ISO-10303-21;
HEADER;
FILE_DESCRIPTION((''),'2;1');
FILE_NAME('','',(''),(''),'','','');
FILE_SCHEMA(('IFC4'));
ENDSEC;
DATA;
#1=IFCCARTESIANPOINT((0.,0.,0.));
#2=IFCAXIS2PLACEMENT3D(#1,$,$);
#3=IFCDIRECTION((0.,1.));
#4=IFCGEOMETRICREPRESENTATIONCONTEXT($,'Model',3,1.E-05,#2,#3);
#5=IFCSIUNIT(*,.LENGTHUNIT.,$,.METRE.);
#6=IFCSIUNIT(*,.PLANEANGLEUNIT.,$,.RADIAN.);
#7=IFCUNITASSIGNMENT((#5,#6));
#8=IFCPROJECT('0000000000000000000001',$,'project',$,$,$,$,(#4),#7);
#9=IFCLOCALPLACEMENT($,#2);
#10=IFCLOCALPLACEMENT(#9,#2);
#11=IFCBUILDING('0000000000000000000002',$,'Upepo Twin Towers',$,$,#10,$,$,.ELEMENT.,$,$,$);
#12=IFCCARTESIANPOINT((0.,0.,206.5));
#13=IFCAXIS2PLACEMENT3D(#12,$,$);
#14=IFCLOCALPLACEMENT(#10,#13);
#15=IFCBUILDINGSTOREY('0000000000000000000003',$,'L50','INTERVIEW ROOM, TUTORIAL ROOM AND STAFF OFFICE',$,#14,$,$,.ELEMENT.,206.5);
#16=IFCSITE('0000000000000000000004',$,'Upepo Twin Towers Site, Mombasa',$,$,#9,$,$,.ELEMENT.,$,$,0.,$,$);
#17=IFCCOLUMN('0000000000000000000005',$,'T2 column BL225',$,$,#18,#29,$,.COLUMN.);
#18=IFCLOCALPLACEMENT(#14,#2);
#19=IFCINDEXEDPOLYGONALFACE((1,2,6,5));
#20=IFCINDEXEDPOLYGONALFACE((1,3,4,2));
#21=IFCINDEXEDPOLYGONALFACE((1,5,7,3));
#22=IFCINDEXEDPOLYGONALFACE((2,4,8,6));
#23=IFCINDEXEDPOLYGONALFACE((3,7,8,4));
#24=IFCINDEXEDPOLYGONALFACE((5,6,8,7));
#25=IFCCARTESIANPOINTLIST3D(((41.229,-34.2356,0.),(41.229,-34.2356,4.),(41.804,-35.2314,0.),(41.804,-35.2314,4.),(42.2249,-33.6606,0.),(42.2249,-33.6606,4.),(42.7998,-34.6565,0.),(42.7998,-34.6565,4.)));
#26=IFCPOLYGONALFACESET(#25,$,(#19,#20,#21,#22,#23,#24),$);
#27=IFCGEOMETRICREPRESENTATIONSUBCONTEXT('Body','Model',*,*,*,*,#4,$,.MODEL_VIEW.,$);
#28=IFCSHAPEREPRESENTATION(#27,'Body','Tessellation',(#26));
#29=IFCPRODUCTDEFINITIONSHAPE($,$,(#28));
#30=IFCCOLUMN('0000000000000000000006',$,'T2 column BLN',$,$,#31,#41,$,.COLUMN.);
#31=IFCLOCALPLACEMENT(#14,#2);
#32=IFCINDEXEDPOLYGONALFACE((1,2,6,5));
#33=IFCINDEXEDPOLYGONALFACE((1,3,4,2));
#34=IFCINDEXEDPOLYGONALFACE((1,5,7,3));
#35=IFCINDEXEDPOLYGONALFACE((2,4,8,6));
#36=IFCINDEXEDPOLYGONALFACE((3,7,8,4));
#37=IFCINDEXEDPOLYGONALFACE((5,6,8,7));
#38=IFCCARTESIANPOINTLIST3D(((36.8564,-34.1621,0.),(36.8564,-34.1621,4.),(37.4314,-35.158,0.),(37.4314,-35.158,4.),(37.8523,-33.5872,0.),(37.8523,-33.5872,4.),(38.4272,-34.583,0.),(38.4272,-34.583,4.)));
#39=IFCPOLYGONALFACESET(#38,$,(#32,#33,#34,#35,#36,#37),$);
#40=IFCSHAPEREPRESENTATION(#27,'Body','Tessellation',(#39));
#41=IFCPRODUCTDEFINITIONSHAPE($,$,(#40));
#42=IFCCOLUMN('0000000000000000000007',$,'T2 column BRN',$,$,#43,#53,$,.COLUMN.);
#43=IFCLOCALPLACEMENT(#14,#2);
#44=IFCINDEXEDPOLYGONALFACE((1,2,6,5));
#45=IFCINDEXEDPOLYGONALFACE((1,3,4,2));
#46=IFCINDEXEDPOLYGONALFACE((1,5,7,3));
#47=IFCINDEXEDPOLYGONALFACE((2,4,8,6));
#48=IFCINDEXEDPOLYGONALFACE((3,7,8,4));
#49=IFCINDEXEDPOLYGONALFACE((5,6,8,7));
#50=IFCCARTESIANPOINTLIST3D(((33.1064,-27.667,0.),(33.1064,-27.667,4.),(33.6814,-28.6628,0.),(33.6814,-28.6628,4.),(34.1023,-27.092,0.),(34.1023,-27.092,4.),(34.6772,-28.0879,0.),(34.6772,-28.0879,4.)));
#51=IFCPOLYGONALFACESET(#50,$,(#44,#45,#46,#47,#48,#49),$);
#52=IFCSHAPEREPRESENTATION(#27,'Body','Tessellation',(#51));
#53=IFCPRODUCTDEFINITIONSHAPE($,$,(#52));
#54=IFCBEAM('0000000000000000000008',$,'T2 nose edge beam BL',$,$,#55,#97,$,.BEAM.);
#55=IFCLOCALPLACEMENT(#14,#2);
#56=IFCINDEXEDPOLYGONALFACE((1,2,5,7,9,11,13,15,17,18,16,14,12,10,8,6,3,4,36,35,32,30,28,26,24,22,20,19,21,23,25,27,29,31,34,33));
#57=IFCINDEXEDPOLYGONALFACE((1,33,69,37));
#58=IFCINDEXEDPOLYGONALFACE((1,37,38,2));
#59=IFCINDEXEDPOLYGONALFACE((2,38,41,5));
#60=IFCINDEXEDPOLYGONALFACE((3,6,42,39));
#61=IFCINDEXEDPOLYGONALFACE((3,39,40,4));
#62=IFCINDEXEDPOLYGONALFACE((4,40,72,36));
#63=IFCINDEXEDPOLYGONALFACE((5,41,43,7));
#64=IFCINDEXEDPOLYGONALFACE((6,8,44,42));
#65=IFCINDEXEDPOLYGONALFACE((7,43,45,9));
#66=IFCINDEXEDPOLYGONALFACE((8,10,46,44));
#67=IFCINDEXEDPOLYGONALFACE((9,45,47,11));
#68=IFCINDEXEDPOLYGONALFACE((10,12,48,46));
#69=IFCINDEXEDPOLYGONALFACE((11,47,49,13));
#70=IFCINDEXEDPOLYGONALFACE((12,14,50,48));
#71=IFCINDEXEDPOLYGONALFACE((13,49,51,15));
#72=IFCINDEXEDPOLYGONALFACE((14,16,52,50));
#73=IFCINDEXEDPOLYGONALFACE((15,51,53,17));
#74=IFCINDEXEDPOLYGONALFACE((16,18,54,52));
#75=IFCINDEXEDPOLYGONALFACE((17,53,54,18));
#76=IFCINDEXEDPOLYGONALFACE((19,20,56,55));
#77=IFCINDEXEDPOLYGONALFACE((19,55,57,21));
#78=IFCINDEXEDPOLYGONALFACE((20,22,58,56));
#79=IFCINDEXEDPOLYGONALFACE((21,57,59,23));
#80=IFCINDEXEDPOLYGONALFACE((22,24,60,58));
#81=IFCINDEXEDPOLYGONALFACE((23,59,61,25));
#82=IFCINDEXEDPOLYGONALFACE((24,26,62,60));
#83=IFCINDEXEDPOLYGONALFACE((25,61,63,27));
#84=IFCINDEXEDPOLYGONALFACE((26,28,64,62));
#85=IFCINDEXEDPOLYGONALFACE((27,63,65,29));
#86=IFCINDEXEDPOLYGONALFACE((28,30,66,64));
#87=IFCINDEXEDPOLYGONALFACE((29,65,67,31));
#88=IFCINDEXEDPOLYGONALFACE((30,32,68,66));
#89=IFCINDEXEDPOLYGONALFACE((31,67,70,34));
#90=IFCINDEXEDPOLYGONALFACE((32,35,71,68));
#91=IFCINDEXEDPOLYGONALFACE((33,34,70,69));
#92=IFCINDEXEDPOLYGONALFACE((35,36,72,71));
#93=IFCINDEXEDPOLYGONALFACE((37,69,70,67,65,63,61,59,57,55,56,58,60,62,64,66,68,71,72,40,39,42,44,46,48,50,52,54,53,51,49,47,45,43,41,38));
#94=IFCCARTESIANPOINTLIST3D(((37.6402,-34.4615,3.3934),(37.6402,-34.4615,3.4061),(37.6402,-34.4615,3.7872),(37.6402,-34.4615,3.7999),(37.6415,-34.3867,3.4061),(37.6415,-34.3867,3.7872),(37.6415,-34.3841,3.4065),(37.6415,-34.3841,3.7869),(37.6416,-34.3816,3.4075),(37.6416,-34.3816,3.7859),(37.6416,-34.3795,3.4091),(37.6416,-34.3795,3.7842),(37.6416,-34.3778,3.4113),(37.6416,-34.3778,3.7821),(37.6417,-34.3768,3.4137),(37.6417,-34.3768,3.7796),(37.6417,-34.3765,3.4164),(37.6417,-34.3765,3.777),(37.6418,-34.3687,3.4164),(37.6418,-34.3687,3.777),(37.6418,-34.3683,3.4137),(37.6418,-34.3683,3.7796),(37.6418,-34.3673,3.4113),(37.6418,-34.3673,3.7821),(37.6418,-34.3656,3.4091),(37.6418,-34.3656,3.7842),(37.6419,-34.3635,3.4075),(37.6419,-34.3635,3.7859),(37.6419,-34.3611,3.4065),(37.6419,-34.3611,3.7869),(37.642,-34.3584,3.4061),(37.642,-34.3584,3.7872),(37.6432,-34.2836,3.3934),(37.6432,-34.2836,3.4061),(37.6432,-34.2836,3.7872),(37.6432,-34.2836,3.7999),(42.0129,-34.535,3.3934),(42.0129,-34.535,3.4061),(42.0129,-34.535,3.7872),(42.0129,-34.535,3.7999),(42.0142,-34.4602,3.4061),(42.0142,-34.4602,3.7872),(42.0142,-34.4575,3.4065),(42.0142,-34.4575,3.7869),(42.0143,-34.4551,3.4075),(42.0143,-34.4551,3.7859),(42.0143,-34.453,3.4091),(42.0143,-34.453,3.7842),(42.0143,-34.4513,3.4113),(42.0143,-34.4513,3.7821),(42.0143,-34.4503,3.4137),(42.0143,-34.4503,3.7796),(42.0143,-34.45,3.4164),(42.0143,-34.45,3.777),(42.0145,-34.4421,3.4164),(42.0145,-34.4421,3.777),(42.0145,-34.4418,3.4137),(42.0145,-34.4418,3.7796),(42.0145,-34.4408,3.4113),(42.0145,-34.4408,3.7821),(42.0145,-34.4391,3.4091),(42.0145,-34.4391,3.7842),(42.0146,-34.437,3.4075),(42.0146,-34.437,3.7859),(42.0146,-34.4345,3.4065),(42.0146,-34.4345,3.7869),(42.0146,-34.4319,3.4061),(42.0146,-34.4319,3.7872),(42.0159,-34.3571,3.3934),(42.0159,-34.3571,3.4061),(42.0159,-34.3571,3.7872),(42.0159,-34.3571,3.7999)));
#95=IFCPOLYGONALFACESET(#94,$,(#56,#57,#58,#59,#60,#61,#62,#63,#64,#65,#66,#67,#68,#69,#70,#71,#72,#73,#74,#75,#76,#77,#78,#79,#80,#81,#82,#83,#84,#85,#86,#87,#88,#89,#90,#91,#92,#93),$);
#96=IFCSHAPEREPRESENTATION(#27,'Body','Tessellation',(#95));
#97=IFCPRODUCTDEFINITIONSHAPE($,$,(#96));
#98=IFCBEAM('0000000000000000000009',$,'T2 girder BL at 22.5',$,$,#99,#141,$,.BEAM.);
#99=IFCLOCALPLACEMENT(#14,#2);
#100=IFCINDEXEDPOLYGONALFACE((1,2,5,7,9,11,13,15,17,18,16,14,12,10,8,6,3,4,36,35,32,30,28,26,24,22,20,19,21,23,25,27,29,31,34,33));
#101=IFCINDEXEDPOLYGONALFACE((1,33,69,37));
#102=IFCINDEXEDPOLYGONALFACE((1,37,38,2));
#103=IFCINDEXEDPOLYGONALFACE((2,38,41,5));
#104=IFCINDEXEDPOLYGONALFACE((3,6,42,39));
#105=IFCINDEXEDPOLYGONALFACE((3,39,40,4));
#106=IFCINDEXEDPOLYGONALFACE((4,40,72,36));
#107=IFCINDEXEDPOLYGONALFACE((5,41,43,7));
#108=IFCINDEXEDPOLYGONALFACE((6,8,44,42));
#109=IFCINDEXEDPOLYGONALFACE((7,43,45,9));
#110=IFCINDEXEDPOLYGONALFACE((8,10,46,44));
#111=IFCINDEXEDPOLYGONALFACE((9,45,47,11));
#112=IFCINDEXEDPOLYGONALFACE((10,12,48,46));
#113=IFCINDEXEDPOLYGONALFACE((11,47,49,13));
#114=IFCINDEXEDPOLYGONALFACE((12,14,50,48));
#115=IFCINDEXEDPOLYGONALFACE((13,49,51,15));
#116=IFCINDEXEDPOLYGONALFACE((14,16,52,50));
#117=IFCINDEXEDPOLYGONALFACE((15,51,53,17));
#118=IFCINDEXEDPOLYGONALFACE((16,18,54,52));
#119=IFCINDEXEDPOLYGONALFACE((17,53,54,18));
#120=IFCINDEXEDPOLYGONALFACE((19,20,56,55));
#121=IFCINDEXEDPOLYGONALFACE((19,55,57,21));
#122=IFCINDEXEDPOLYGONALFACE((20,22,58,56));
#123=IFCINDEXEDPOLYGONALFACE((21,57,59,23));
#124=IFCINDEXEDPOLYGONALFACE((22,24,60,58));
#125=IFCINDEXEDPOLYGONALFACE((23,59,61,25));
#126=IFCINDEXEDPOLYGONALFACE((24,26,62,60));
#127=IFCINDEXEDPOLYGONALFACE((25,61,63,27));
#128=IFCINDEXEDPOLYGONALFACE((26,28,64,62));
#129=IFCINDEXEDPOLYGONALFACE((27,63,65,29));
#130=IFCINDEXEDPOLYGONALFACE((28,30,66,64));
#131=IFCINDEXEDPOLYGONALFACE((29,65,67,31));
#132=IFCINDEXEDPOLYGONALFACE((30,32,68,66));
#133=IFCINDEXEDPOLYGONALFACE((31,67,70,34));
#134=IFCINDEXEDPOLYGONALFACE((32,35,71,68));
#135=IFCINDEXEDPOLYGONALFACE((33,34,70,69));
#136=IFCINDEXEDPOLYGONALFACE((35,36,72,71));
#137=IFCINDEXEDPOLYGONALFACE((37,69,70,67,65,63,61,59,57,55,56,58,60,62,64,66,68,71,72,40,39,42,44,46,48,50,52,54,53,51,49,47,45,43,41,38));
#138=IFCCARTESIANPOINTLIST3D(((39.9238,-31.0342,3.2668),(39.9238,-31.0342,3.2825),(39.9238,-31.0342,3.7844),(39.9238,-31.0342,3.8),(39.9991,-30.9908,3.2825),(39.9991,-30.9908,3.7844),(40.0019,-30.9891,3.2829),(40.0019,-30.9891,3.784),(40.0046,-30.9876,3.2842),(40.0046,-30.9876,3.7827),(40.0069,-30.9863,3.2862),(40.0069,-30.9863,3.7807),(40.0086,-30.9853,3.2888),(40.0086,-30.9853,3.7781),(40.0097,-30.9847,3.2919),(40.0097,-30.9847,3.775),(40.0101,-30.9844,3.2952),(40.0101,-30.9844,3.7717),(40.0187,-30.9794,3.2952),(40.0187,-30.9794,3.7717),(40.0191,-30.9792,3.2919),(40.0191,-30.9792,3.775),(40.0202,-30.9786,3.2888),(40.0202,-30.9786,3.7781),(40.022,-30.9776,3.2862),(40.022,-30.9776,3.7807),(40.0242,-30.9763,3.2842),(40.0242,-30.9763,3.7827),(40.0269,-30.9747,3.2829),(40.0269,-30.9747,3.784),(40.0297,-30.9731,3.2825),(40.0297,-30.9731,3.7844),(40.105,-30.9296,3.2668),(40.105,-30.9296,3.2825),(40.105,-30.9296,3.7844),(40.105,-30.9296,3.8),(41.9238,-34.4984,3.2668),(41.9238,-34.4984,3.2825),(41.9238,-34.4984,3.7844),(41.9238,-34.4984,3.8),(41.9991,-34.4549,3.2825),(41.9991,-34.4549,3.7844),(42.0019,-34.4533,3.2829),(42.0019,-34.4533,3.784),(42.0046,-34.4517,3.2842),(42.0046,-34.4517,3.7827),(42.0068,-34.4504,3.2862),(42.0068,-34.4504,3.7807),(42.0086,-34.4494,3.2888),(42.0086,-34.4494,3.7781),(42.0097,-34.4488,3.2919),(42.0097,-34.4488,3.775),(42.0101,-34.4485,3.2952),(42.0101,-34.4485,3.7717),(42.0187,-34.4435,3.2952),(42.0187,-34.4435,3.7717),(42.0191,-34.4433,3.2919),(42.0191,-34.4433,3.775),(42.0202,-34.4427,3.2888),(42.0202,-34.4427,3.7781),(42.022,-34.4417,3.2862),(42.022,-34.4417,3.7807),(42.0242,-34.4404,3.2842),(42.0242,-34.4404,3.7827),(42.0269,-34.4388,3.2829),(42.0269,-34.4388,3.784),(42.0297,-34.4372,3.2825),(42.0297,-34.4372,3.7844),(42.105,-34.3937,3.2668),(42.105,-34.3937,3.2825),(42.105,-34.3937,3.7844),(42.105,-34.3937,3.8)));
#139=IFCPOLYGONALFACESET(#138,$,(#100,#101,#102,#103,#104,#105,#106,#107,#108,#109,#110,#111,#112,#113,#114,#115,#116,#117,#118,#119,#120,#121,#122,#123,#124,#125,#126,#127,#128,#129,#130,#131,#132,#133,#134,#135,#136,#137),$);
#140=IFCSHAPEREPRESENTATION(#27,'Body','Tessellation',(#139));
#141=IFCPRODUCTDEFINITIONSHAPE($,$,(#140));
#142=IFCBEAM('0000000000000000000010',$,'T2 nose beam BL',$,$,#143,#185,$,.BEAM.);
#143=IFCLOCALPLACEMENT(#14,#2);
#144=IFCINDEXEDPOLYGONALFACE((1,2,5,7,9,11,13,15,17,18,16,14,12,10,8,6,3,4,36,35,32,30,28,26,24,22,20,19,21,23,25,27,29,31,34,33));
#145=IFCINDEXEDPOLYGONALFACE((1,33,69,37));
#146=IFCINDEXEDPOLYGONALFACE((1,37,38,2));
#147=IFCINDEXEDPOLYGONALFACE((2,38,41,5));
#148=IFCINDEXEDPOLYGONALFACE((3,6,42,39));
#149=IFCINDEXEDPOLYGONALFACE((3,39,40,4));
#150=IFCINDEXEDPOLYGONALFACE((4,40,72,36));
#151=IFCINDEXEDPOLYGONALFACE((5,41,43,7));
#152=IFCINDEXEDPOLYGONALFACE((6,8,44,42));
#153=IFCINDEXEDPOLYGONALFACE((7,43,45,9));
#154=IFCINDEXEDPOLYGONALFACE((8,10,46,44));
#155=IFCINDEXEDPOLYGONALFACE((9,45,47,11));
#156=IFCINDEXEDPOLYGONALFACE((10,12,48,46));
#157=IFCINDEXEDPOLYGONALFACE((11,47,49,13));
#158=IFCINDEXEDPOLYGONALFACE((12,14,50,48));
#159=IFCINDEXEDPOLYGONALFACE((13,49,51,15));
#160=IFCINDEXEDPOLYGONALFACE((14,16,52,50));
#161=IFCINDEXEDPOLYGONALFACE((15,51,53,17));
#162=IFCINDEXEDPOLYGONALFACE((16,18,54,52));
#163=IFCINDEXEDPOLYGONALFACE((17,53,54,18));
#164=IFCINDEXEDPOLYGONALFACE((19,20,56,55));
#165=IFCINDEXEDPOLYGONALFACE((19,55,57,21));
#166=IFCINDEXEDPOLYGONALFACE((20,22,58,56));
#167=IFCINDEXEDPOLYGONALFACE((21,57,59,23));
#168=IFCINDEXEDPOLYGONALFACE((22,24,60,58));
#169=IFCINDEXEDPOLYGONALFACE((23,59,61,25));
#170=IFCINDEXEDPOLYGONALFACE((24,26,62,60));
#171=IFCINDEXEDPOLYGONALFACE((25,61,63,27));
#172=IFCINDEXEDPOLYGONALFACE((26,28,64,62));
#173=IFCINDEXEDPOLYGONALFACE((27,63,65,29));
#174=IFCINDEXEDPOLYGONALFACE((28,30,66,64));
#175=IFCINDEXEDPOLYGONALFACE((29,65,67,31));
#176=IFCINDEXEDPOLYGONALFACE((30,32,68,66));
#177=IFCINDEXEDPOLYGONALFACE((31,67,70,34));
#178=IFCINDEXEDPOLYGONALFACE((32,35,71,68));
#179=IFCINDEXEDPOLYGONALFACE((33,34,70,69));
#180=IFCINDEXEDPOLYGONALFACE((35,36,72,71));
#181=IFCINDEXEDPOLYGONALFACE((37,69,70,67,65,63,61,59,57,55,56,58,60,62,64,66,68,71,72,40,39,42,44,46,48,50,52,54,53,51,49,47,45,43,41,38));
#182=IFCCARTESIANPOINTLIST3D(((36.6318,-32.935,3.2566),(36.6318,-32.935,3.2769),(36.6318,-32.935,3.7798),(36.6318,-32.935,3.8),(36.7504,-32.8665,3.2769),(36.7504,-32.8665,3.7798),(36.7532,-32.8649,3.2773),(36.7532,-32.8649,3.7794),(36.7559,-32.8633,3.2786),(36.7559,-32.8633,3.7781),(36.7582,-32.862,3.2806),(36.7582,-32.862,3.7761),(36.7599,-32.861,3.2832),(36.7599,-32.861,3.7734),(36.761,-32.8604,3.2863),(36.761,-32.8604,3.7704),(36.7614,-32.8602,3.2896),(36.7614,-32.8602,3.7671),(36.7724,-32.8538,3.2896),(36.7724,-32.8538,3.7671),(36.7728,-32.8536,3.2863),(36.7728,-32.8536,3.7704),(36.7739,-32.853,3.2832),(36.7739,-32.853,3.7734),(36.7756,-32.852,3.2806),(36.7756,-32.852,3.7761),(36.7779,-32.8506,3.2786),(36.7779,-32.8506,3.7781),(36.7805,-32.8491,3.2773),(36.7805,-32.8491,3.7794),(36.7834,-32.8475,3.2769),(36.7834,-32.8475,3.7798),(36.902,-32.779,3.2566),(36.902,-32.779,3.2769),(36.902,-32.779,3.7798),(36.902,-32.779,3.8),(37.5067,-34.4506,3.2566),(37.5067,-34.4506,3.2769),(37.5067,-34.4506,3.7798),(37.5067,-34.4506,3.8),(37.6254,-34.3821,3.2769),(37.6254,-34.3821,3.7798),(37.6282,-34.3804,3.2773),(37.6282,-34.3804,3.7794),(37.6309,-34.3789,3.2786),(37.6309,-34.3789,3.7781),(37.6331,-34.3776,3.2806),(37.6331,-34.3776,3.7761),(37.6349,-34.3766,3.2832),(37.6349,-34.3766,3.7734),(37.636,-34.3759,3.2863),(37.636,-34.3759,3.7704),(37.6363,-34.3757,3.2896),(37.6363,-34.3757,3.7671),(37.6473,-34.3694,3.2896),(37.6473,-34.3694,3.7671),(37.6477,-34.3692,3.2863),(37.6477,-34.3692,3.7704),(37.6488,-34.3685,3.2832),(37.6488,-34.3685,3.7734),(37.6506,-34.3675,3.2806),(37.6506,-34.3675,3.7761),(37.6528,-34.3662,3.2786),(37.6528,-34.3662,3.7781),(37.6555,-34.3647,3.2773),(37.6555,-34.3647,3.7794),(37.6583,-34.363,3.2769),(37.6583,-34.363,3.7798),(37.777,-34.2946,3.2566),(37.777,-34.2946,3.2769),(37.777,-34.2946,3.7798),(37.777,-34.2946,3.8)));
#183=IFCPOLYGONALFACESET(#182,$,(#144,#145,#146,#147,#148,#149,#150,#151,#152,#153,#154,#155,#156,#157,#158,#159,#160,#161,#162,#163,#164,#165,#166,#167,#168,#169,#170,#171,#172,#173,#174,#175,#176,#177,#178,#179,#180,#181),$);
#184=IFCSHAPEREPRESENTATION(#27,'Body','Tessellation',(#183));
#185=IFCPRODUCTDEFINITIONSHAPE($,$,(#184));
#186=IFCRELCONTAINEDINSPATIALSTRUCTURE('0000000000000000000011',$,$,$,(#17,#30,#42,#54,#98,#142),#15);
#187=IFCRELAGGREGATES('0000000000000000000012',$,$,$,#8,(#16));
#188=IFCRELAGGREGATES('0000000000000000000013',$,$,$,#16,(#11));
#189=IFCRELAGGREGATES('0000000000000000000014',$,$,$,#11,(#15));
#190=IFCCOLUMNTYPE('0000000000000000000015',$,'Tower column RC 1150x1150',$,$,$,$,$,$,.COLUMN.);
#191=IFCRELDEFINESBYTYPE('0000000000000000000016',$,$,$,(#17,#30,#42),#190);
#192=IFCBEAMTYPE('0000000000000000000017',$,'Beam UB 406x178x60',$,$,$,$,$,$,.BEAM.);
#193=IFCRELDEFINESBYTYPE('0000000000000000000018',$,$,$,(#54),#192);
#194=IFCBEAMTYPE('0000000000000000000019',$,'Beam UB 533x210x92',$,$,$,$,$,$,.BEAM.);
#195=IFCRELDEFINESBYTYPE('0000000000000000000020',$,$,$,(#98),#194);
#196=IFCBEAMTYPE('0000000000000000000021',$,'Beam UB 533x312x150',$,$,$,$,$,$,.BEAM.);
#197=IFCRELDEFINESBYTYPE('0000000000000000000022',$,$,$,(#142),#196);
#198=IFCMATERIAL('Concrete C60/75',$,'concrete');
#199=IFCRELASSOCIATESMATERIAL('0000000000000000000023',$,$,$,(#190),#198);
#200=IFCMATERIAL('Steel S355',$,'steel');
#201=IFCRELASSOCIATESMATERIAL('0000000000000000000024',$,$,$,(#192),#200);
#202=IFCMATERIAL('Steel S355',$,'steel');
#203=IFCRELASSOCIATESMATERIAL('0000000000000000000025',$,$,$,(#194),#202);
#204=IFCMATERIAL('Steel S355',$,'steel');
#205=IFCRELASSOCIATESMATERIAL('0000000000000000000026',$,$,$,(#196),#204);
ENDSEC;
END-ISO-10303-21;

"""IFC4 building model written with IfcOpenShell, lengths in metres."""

from ifc_helpers import new_model, si_unit, direction, frame, origin, origin_2d, place, context, subcontext, project, spatial, rectangle, i_section, extrude, material, material_profile, profile_set, type_object, element, save


model = new_model("IFC4")

# Units and contexts
model_context = context("Model", 3, precision=1e-05, world=origin(), true_north=direction((0.0, 1.0)))
body_context = subcontext(model_context, "Body", "Model", "MODEL_VIEW")
ifc_project = project(units=[si_unit("LENGTHUNIT", "METRE"), si_unit("PLANEANGLEUNIT", "RADIAN")], contexts=[model_context])

# Site, building, storey
site_placement = place(None, origin())
site = spatial("IfcSite", under=ifc_project, at=site_placement, Name="Upepo Twin Towers Site, Mombasa", CompositionType="ELEMENT", RefElevation=0.0)
building_placement = place(site_placement, origin())
building = spatial("IfcBuilding", under=site, at=building_placement, Name="Upepo Twin Towers", CompositionType="ELEMENT")
storey_placement = place(building_placement, frame((0.0, 0.0, 206.5)))
storey = spatial("IfcBuildingStorey", under=building, at=storey_placement, Name="L50", Description="INTERVIEW ROOM, TUTORIAL ROOM AND STAFF OFFICE", CompositionType="ELEMENT", Elevation=206.5)

# Columns
ifc_material_1 = material(Name="Concrete C60/75", Category="concrete")
ifc_material_profile_1 = material_profile(ifc_material_1, rectangle(XDim=1.1499, YDim=1.1499, at=origin_2d()), Name="RC 1150x1150")
ifc_profile_set_1 = profile_set([ifc_material_profile_1], Name="Concrete C60/75")
column_type = type_object("IfcColumnType", Name="Tower column RC 1150x1150", PredefinedType="COLUMN", material=ifc_profile_set_1)
for number, where, z_axis, x_axis, name in (
    (1, (42.0144, -34.446, 0.0), (0.0, 0.0, 1.0), (0.866025, 0.5, 0.0), "T2 column BL225"),
    (2, (37.6418, -34.3726, 0.0), (0.0, 0.0, 1.0), (0.866025, 0.5, 0.0), "T2 column BLN"),
    (3, (33.8918, -27.8774, 0.0), (0.0, 0.0, 1.0), (0.866025, 0.5, 0.0), "T2 column BRN"),
):
    element("IfcColumn", number, at=place(storey_placement, frame(where, z_axis=z_axis, x_axis=x_axis)), inside=storey, type_object=column_type, Name=name, PredefinedType="COLUMN", context=body_context, shape_type="SweptSolid", body=[
        extrude(rectangle(XDim=1.1499, YDim=1.1499, at=origin_2d()), origin(), (0.0, 0.0, 1.0), 4.0),
    ])

# Beams
ifc_material_2 = material(Name="Steel S355", Category="steel")
ifc_material_profile_2 = material_profile(ifc_material_2, i_section(OverallWidth=0.178, OverallDepth=0.4065, WebThickness=0.0078, FlangeThickness=0.0127, FilletRadius=0.0103, at=origin_2d()), Name="UB 406x178x60")
ifc_profile_set_2 = profile_set([ifc_material_profile_2], Name="Steel S355")
beam_type_1 = type_object("IfcBeamType", Name="Beam UB 406x178x60", PredefinedType="BEAM", material=ifc_profile_set_2)
beam_1_placement = place(storey_placement, frame((42.0144, -34.446, 3.5967), z_axis=(-0.999859, 0.016804, 0.0), x_axis=(-0.016804, -0.999859, 0.0)))
element("IfcBeam", 4, at=beam_1_placement, inside=storey, type_object=beam_type_1, Name="T2 nose edge beam BL", PredefinedType="BEAM", context=body_context, shape_type="SweptSolid", body=[
    extrude(i_section(OverallWidth=0.178, OverallDepth=0.4065, WebThickness=0.0078, FlangeThickness=0.0127, FilletRadius=0.0103, at=origin_2d()), origin(), (0.0, 0.0, 1.0), 4.3733),
])
ifc_material_3 = material(Name="Steel S355", Category="steel")
ifc_material_profile_3 = material_profile(ifc_material_3, i_section(OverallWidth=0.2092, OverallDepth=0.5332, WebThickness=0.01, FlangeThickness=0.0156, FilletRadius=0.0127, at=origin_2d()), Name="UB 533x210x92")
ifc_profile_set_3 = profile_set([ifc_material_profile_3], Name="Steel S355")
beam_type_2 = type_object("IfcBeamType", Name="Beam UB 533x210x92", PredefinedType="BEAM", material=ifc_profile_set_3)
beam_2_placement = place(storey_placement, frame((42.0144, -34.446, 3.5334), z_axis=(-0.499999, 0.866026, 0.0), x_axis=(-0.866026, -0.499999, 0.0)))
element("IfcBeam", 5, at=beam_2_placement, inside=storey, type_object=beam_type_2, Name="T2 girder BL at 22.5", PredefinedType="BEAM", context=body_context, shape_type="SweptSolid", body=[
    extrude(i_section(OverallWidth=0.2092, OverallDepth=0.5332, WebThickness=0.01, FlangeThickness=0.0156, FilletRadius=0.0127, at=origin_2d()), origin(), (0.0, 0.0, 1.0), 4.0),
])
ifc_material_4 = material(Name="Steel S355", Category="steel")
ifc_material_profile_4 = material_profile(ifc_material_4, i_section(OverallWidth=0.312, OverallDepth=0.5435, WebThickness=0.0127, FlangeThickness=0.0203, FilletRadius=0.0127, at=origin_2d()), Name="UB 533x312x150")
ifc_profile_set_4 = profile_set([ifc_material_profile_4], Name="Steel S355")
beam_type_3 = type_object("IfcBeamType", Name="Beam UB 533x312x150", PredefinedType="BEAM", material=ifc_profile_set_4)
for number, where, z_axis, x_axis, name in (
    (6, (37.6418, -34.3726, 3.5283), (-0.49998, 0.866037, 0.0), (-0.866037, -0.49998, 0.0), "T2 nose beam BL"),
):
    element("IfcBeam", number, at=place(storey_placement, frame(where, z_axis=z_axis, x_axis=x_axis)), inside=storey, type_object=beam_type_3, Name=name, PredefinedType="BEAM", context=body_context, shape_type="SweptSolid", body=[
        extrude(i_section(OverallWidth=0.312, OverallDepth=0.5435, WebThickness=0.0127, FlangeThickness=0.0203, FilletRadius=0.0127, at=origin_2d()), origin(), (0.0, 0.0, 1.0), 1.75),
    ])

save(model, "model.ifc")
